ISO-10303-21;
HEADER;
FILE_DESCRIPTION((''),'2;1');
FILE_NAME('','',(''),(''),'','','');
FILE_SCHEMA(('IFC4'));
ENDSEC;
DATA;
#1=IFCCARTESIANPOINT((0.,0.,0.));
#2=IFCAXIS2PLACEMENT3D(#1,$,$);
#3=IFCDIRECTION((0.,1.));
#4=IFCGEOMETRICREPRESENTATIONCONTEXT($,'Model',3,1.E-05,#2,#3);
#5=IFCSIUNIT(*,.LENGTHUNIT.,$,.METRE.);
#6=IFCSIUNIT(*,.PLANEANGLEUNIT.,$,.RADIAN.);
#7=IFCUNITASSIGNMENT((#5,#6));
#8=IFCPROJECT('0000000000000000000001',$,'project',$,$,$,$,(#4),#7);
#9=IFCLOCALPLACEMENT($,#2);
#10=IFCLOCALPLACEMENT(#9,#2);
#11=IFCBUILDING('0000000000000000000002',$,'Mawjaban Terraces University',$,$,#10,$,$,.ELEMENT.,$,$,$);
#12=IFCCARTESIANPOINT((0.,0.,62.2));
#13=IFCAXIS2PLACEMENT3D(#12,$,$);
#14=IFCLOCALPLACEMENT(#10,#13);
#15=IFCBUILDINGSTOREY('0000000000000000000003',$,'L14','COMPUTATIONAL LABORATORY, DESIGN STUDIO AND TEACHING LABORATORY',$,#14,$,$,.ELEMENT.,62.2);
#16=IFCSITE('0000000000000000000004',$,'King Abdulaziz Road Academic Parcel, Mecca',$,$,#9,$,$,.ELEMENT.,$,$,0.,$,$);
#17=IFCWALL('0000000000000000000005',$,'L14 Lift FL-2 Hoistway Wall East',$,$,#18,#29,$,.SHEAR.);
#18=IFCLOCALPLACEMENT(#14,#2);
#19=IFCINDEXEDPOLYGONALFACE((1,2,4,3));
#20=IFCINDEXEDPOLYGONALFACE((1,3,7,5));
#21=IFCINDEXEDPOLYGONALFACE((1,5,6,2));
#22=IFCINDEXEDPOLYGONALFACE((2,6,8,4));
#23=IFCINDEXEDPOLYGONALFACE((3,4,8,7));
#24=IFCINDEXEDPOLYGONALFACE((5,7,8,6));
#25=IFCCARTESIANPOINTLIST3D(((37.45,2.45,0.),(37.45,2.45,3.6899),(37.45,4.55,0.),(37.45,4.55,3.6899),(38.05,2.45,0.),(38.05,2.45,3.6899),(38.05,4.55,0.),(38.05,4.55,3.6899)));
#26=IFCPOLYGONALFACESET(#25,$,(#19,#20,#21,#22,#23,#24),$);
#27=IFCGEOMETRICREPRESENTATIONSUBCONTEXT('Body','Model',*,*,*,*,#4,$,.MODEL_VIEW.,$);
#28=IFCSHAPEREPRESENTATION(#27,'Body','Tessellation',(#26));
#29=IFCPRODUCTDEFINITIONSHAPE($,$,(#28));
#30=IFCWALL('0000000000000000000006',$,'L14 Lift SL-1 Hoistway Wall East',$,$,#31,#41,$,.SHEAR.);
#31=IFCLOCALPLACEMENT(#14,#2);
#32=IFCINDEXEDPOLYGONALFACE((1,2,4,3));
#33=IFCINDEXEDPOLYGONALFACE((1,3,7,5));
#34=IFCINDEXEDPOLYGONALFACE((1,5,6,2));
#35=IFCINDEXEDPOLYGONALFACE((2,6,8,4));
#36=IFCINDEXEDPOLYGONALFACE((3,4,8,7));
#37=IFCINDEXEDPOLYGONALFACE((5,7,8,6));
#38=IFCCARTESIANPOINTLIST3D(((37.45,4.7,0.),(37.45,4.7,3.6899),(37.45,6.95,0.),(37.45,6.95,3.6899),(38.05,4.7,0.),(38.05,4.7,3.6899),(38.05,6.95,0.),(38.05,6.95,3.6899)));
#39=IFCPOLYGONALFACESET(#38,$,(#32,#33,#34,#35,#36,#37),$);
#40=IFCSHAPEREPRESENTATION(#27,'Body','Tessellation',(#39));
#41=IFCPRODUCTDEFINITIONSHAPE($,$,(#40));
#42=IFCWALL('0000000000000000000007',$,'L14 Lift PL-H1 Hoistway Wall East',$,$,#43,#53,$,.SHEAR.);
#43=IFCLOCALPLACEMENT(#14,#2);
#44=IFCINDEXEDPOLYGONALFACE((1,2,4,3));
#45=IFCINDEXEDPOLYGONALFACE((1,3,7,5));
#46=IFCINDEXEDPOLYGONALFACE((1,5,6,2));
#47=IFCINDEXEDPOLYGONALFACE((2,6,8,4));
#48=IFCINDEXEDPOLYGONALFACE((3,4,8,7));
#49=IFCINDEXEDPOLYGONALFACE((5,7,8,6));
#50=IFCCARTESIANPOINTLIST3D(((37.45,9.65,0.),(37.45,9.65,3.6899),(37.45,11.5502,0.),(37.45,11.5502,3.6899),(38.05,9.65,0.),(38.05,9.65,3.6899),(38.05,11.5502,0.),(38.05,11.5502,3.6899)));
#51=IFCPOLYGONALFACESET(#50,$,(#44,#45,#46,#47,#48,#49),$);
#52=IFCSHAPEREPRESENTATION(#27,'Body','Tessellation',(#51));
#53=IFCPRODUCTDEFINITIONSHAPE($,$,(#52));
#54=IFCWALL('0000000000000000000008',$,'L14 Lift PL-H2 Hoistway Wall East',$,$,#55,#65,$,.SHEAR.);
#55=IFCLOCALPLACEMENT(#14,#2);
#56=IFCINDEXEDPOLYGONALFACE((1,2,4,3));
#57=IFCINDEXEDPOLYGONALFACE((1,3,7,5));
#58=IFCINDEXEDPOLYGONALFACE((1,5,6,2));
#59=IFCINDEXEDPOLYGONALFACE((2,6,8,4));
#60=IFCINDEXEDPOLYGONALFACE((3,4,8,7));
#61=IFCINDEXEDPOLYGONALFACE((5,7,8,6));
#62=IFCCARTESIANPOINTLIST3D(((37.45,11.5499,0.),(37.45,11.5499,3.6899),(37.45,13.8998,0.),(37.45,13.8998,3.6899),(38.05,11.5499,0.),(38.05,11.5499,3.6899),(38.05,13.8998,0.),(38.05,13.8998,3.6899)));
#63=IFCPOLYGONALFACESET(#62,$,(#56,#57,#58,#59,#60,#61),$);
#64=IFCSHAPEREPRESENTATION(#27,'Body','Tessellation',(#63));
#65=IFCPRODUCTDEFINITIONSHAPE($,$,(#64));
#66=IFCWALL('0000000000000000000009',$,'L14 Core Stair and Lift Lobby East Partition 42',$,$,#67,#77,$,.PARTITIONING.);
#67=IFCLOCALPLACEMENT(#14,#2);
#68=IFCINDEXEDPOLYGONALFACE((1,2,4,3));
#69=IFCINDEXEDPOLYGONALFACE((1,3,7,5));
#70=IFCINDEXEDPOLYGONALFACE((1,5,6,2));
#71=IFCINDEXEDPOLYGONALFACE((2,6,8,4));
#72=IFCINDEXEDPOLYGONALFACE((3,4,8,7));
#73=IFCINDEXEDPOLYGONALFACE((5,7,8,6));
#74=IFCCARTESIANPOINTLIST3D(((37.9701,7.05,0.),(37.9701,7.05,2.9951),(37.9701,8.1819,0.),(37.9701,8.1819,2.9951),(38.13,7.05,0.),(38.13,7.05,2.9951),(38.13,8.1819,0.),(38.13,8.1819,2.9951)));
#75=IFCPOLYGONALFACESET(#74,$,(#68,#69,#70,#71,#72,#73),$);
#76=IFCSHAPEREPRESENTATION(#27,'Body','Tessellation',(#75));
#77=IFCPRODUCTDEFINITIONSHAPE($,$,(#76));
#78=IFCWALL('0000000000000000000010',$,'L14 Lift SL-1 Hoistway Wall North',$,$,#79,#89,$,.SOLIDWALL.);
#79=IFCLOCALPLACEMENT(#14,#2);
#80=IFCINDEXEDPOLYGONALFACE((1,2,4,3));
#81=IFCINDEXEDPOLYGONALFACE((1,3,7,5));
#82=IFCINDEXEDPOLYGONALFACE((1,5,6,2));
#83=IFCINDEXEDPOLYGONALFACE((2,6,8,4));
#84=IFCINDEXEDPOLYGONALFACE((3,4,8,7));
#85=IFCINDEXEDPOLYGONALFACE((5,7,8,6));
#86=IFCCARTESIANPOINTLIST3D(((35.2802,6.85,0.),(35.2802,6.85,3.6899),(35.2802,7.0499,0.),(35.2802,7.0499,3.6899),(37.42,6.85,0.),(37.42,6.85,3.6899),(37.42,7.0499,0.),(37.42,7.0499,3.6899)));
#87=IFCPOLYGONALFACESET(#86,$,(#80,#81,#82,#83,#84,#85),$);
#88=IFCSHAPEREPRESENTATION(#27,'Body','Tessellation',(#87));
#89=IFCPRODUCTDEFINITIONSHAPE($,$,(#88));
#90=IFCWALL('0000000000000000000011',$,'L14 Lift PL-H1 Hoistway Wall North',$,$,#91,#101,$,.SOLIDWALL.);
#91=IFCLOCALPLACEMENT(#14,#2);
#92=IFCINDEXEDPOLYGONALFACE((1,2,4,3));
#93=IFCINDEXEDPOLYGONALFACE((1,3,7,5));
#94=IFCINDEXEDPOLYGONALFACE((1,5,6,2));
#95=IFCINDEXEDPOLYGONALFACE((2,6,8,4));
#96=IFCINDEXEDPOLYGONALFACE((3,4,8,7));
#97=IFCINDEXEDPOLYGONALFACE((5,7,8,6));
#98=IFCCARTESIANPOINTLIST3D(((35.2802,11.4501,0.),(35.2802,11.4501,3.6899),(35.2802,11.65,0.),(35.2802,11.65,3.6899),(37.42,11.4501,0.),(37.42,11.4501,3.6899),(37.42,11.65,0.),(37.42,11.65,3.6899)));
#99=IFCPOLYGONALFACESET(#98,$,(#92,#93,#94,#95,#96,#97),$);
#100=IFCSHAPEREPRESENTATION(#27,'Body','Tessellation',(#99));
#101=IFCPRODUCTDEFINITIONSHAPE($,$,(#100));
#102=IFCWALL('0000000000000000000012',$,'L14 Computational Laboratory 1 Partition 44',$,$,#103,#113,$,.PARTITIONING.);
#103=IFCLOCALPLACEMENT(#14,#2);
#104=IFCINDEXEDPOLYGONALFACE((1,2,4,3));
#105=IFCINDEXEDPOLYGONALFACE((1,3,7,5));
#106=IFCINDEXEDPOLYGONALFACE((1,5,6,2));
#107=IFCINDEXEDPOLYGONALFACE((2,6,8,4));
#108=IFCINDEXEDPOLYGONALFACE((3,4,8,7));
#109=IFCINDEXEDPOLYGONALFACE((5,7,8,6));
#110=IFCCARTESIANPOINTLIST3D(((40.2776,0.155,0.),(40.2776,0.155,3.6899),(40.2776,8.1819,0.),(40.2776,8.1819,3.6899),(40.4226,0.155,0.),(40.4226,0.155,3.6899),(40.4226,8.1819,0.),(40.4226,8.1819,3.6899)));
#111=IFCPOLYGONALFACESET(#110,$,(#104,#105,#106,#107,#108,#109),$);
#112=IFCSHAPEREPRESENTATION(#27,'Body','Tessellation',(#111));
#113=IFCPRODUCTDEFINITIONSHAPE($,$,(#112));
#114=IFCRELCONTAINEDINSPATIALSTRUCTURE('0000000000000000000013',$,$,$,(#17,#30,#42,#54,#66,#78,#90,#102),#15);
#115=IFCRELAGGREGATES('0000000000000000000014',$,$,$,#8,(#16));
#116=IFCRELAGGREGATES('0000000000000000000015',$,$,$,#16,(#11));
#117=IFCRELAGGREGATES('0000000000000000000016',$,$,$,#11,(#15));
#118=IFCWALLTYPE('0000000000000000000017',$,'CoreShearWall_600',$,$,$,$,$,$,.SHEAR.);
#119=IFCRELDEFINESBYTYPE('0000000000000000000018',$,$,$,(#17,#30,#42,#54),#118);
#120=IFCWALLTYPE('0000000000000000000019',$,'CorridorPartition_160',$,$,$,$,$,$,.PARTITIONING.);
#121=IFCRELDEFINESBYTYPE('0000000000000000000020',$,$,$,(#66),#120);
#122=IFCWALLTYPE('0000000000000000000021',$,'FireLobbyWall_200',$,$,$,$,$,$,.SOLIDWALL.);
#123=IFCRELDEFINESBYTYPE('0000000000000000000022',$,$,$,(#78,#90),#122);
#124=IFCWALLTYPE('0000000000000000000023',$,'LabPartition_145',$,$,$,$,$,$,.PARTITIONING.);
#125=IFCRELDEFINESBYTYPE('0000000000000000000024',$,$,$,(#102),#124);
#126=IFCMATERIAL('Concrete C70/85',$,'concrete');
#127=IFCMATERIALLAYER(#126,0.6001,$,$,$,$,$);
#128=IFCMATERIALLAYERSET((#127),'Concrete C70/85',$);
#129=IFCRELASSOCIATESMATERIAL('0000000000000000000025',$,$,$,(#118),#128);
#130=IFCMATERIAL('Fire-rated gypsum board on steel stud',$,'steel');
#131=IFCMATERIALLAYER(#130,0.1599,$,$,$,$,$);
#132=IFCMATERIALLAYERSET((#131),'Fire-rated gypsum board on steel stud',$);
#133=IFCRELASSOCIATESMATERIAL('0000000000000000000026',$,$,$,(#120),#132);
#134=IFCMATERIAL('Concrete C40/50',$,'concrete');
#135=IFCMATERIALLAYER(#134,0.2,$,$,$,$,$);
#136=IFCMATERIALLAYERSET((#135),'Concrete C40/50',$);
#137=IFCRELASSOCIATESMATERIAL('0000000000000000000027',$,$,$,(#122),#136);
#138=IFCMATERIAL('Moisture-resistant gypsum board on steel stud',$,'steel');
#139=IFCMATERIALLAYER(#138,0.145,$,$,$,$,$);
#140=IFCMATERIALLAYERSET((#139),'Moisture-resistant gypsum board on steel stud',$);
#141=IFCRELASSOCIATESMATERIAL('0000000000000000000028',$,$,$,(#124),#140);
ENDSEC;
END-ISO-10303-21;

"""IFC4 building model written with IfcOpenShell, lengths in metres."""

from ifc_helpers import new_model, si_unit, direction, frame, frame_2d, origin, place, context, subcontext, project, spatial, rectangle, extrude, material, layer, layer_set, type_object, element, save


model = new_model("IFC4")

# Units and contexts
model_context = context("Model", 3, precision=1e-05, world=origin(), true_north=direction((0.0, 1.0)))
body_context = subcontext(model_context, "Body", "Model", "MODEL_VIEW")
ifc_project = project(units=[si_unit("LENGTHUNIT", "METRE"), si_unit("PLANEANGLEUNIT", "RADIAN")], contexts=[model_context])

# Site, building, storey
site_placement = place(None, origin())
site = spatial("IfcSite", under=ifc_project, at=site_placement, Name="King Abdulaziz Road Academic Parcel, Mecca", CompositionType="ELEMENT", RefElevation=0.0)
building_placement = place(site_placement, origin())
building = spatial("IfcBuilding", under=site, at=building_placement, Name="Mawjaban Terraces University", CompositionType="ELEMENT")
storey_placement = place(building_placement, frame((0.0, 0.0, 62.2)))
storey = spatial("IfcBuildingStorey", under=building, at=storey_placement, Name="L14", Description="COMPUTATIONAL LABORATORY, DESIGN STUDIO AND TEACHING LABORATORY", CompositionType="ELEMENT", Elevation=62.2)

# Shared definitions
ifc_material_1 = material(Name="Concrete C70/85", Category="concrete")

# Walls
ifc_layer_1 = layer(ifc_material_1, 0.6001)
ifc_layer_set_1 = layer_set([ifc_layer_1], Name="Concrete C70/85")
wall_type_1 = type_object("IfcWallType", Name="CoreShearWall_600", PredefinedType="SHEAR", material=ifc_layer_set_1)
wall_1_placement = place(storey_placement, frame((37.75, 2.45, 0.0), z_axis=(0.0, 0.0, 1.0), x_axis=(0.0, 1.0, 0.0)))
element("IfcWall", 1, at=wall_1_placement, inside=storey, type_object=wall_type_1, Name="L14 Lift FL-2 Hoistway Wall East", PredefinedType="SHEAR", context=body_context, shape_type="SweptSolid", body=[
    extrude(rectangle(XDim=2.1001, YDim=0.6001, at=frame_2d((1.05, 0.0))), origin(), (0.0, 0.0, 1.0), 3.6899),
])
wall_2_placement = place(storey_placement, frame((37.75, 4.7, 0.0), z_axis=(0.0, 0.0, 1.0), x_axis=(0.0, 1.0, 0.0)))
element("IfcWall", 2, at=wall_2_placement, inside=storey, type_object=wall_type_1, Name="L14 Lift SL-1 Hoistway Wall East", PredefinedType="SHEAR", context=body_context, shape_type="SweptSolid", body=[
    extrude(rectangle(XDim=2.25, YDim=0.6001, at=frame_2d((1.125, 0.0))), origin(), (0.0, 0.0, 1.0), 3.6899),
])
wall_3_placement = place(storey_placement, frame((37.75, 9.6499, 0.0), z_axis=(0.0, 0.0, 1.0), x_axis=(0.0, 1.0, 0.0)))
element("IfcWall", 3, at=wall_3_placement, inside=storey, type_object=wall_type_1, Name="L14 Lift PL-H1 Hoistway Wall East", PredefinedType="SHEAR", context=body_context, shape_type="SweptSolid", body=[
    extrude(rectangle(XDim=1.9001, YDim=0.6001, at=frame_2d((0.9502, 0.0))), origin(), (0.0, 0.0, 1.0), 3.6899),
])
wall_4_placement = place(storey_placement, frame((37.75, 11.55, 0.0), z_axis=(0.0, 0.0, 1.0), x_axis=(0.0, 1.0, 0.0)))
element("IfcWall", 4, at=wall_4_placement, inside=storey, type_object=wall_type_1, Name="L14 Lift PL-H2 Hoistway Wall East", PredefinedType="SHEAR", context=body_context, shape_type="SweptSolid", body=[
    extrude(rectangle(XDim=2.3499, YDim=0.6001, at=frame_2d((1.1748, 0.0))), origin(), (0.0, 0.0, 1.0), 3.6899),
])
ifc_material_2 = material(Name="Fire-rated gypsum board on steel stud", Category="steel")
ifc_layer_2 = layer(ifc_material_2, 0.1599)
ifc_layer_set_2 = layer_set([ifc_layer_2], Name="Fire-rated gypsum board on steel stud")
wall_type_2 = type_object("IfcWallType", Name="CorridorPartition_160", PredefinedType="PARTITIONING", material=ifc_layer_set_2)
wall_5_placement = place(storey_placement, frame((38.05, 7.05, 0.0), z_axis=(0.0, 0.0, 1.0), x_axis=(0.0, 1.0, 0.0)))
element("IfcWall", 5, at=wall_5_placement, inside=storey, type_object=wall_type_2, Name="L14 Core Stair and Lift Lobby East Partition 42", PredefinedType="PARTITIONING", context=body_context, shape_type="SweptSolid", body=[
    extrude(rectangle(XDim=1.1318, YDim=0.1599, at=frame_2d((0.5659, 0.0))), origin(), (0.0, 0.0, 1.0), 2.9951),
])
ifc_material_3 = material(Name="Concrete C40/50", Category="concrete")
ifc_layer_3 = layer(ifc_material_3, 0.2)
ifc_layer_set_3 = layer_set([ifc_layer_3], Name="Concrete C40/50")
wall_type_3 = type_object("IfcWallType", Name="FireLobbyWall_200", PredefinedType="SOLIDWALL", material=ifc_layer_set_3)
for number, where, z_axis, x_axis, name in (
    (6, (37.4199, 6.95, 0.0), (0.0, 0.0, 1.0), (-1.0, 0.0, 0.0), "L14 Lift SL-1 Hoistway Wall North"),
    (7, (37.4199, 11.55, 0.0), (0.0, 0.0, 1.0), (-1.0, 0.0, 0.0), "L14 Lift PL-H1 Hoistway Wall North"),
):
    element("IfcWall", number, at=place(storey_placement, frame(where, z_axis=z_axis, x_axis=x_axis)), inside=storey, type_object=wall_type_3, Name=name, PredefinedType="SOLIDWALL", context=body_context, shape_type="SweptSolid", body=[
        extrude(rectangle(XDim=2.1399, YDim=0.2, at=frame_2d((1.0698, 0.0))), origin(), (0.0, 0.0, 1.0), 3.6899),
    ])

# Shared definitions
ifc_material_4 = material(Name="Moisture-resistant gypsum board on steel stud", Category="steel")
ifc_layer_4 = layer(ifc_material_4, 0.145)
ifc_layer_set_4 = layer_set([ifc_layer_4], Name="Moisture-resistant gypsum board on steel stud")
wall_type_4 = type_object("IfcWallType", Name="LabPartition_145", PredefinedType="PARTITIONING", material=ifc_layer_set_4)

# Wall
wall_6_placement = place(storey_placement, frame((40.3501, 0.155, 0.0), z_axis=(0.0, 0.0, 1.0), x_axis=(0.0, 1.0, 0.0)))
element("IfcWall", 8, at=wall_6_placement, inside=storey, type_object=wall_type_4, Name="L14 Computational Laboratory 1 Partition 44", PredefinedType="PARTITIONING", context=body_context, shape_type="SweptSolid", body=[
    extrude(rectangle(XDim=8.0269, YDim=0.145, at=frame_2d((4.0134, 0.0))), origin(), (0.0, 0.0, 1.0), 3.6899),
])

save(model, "model.ifc")
